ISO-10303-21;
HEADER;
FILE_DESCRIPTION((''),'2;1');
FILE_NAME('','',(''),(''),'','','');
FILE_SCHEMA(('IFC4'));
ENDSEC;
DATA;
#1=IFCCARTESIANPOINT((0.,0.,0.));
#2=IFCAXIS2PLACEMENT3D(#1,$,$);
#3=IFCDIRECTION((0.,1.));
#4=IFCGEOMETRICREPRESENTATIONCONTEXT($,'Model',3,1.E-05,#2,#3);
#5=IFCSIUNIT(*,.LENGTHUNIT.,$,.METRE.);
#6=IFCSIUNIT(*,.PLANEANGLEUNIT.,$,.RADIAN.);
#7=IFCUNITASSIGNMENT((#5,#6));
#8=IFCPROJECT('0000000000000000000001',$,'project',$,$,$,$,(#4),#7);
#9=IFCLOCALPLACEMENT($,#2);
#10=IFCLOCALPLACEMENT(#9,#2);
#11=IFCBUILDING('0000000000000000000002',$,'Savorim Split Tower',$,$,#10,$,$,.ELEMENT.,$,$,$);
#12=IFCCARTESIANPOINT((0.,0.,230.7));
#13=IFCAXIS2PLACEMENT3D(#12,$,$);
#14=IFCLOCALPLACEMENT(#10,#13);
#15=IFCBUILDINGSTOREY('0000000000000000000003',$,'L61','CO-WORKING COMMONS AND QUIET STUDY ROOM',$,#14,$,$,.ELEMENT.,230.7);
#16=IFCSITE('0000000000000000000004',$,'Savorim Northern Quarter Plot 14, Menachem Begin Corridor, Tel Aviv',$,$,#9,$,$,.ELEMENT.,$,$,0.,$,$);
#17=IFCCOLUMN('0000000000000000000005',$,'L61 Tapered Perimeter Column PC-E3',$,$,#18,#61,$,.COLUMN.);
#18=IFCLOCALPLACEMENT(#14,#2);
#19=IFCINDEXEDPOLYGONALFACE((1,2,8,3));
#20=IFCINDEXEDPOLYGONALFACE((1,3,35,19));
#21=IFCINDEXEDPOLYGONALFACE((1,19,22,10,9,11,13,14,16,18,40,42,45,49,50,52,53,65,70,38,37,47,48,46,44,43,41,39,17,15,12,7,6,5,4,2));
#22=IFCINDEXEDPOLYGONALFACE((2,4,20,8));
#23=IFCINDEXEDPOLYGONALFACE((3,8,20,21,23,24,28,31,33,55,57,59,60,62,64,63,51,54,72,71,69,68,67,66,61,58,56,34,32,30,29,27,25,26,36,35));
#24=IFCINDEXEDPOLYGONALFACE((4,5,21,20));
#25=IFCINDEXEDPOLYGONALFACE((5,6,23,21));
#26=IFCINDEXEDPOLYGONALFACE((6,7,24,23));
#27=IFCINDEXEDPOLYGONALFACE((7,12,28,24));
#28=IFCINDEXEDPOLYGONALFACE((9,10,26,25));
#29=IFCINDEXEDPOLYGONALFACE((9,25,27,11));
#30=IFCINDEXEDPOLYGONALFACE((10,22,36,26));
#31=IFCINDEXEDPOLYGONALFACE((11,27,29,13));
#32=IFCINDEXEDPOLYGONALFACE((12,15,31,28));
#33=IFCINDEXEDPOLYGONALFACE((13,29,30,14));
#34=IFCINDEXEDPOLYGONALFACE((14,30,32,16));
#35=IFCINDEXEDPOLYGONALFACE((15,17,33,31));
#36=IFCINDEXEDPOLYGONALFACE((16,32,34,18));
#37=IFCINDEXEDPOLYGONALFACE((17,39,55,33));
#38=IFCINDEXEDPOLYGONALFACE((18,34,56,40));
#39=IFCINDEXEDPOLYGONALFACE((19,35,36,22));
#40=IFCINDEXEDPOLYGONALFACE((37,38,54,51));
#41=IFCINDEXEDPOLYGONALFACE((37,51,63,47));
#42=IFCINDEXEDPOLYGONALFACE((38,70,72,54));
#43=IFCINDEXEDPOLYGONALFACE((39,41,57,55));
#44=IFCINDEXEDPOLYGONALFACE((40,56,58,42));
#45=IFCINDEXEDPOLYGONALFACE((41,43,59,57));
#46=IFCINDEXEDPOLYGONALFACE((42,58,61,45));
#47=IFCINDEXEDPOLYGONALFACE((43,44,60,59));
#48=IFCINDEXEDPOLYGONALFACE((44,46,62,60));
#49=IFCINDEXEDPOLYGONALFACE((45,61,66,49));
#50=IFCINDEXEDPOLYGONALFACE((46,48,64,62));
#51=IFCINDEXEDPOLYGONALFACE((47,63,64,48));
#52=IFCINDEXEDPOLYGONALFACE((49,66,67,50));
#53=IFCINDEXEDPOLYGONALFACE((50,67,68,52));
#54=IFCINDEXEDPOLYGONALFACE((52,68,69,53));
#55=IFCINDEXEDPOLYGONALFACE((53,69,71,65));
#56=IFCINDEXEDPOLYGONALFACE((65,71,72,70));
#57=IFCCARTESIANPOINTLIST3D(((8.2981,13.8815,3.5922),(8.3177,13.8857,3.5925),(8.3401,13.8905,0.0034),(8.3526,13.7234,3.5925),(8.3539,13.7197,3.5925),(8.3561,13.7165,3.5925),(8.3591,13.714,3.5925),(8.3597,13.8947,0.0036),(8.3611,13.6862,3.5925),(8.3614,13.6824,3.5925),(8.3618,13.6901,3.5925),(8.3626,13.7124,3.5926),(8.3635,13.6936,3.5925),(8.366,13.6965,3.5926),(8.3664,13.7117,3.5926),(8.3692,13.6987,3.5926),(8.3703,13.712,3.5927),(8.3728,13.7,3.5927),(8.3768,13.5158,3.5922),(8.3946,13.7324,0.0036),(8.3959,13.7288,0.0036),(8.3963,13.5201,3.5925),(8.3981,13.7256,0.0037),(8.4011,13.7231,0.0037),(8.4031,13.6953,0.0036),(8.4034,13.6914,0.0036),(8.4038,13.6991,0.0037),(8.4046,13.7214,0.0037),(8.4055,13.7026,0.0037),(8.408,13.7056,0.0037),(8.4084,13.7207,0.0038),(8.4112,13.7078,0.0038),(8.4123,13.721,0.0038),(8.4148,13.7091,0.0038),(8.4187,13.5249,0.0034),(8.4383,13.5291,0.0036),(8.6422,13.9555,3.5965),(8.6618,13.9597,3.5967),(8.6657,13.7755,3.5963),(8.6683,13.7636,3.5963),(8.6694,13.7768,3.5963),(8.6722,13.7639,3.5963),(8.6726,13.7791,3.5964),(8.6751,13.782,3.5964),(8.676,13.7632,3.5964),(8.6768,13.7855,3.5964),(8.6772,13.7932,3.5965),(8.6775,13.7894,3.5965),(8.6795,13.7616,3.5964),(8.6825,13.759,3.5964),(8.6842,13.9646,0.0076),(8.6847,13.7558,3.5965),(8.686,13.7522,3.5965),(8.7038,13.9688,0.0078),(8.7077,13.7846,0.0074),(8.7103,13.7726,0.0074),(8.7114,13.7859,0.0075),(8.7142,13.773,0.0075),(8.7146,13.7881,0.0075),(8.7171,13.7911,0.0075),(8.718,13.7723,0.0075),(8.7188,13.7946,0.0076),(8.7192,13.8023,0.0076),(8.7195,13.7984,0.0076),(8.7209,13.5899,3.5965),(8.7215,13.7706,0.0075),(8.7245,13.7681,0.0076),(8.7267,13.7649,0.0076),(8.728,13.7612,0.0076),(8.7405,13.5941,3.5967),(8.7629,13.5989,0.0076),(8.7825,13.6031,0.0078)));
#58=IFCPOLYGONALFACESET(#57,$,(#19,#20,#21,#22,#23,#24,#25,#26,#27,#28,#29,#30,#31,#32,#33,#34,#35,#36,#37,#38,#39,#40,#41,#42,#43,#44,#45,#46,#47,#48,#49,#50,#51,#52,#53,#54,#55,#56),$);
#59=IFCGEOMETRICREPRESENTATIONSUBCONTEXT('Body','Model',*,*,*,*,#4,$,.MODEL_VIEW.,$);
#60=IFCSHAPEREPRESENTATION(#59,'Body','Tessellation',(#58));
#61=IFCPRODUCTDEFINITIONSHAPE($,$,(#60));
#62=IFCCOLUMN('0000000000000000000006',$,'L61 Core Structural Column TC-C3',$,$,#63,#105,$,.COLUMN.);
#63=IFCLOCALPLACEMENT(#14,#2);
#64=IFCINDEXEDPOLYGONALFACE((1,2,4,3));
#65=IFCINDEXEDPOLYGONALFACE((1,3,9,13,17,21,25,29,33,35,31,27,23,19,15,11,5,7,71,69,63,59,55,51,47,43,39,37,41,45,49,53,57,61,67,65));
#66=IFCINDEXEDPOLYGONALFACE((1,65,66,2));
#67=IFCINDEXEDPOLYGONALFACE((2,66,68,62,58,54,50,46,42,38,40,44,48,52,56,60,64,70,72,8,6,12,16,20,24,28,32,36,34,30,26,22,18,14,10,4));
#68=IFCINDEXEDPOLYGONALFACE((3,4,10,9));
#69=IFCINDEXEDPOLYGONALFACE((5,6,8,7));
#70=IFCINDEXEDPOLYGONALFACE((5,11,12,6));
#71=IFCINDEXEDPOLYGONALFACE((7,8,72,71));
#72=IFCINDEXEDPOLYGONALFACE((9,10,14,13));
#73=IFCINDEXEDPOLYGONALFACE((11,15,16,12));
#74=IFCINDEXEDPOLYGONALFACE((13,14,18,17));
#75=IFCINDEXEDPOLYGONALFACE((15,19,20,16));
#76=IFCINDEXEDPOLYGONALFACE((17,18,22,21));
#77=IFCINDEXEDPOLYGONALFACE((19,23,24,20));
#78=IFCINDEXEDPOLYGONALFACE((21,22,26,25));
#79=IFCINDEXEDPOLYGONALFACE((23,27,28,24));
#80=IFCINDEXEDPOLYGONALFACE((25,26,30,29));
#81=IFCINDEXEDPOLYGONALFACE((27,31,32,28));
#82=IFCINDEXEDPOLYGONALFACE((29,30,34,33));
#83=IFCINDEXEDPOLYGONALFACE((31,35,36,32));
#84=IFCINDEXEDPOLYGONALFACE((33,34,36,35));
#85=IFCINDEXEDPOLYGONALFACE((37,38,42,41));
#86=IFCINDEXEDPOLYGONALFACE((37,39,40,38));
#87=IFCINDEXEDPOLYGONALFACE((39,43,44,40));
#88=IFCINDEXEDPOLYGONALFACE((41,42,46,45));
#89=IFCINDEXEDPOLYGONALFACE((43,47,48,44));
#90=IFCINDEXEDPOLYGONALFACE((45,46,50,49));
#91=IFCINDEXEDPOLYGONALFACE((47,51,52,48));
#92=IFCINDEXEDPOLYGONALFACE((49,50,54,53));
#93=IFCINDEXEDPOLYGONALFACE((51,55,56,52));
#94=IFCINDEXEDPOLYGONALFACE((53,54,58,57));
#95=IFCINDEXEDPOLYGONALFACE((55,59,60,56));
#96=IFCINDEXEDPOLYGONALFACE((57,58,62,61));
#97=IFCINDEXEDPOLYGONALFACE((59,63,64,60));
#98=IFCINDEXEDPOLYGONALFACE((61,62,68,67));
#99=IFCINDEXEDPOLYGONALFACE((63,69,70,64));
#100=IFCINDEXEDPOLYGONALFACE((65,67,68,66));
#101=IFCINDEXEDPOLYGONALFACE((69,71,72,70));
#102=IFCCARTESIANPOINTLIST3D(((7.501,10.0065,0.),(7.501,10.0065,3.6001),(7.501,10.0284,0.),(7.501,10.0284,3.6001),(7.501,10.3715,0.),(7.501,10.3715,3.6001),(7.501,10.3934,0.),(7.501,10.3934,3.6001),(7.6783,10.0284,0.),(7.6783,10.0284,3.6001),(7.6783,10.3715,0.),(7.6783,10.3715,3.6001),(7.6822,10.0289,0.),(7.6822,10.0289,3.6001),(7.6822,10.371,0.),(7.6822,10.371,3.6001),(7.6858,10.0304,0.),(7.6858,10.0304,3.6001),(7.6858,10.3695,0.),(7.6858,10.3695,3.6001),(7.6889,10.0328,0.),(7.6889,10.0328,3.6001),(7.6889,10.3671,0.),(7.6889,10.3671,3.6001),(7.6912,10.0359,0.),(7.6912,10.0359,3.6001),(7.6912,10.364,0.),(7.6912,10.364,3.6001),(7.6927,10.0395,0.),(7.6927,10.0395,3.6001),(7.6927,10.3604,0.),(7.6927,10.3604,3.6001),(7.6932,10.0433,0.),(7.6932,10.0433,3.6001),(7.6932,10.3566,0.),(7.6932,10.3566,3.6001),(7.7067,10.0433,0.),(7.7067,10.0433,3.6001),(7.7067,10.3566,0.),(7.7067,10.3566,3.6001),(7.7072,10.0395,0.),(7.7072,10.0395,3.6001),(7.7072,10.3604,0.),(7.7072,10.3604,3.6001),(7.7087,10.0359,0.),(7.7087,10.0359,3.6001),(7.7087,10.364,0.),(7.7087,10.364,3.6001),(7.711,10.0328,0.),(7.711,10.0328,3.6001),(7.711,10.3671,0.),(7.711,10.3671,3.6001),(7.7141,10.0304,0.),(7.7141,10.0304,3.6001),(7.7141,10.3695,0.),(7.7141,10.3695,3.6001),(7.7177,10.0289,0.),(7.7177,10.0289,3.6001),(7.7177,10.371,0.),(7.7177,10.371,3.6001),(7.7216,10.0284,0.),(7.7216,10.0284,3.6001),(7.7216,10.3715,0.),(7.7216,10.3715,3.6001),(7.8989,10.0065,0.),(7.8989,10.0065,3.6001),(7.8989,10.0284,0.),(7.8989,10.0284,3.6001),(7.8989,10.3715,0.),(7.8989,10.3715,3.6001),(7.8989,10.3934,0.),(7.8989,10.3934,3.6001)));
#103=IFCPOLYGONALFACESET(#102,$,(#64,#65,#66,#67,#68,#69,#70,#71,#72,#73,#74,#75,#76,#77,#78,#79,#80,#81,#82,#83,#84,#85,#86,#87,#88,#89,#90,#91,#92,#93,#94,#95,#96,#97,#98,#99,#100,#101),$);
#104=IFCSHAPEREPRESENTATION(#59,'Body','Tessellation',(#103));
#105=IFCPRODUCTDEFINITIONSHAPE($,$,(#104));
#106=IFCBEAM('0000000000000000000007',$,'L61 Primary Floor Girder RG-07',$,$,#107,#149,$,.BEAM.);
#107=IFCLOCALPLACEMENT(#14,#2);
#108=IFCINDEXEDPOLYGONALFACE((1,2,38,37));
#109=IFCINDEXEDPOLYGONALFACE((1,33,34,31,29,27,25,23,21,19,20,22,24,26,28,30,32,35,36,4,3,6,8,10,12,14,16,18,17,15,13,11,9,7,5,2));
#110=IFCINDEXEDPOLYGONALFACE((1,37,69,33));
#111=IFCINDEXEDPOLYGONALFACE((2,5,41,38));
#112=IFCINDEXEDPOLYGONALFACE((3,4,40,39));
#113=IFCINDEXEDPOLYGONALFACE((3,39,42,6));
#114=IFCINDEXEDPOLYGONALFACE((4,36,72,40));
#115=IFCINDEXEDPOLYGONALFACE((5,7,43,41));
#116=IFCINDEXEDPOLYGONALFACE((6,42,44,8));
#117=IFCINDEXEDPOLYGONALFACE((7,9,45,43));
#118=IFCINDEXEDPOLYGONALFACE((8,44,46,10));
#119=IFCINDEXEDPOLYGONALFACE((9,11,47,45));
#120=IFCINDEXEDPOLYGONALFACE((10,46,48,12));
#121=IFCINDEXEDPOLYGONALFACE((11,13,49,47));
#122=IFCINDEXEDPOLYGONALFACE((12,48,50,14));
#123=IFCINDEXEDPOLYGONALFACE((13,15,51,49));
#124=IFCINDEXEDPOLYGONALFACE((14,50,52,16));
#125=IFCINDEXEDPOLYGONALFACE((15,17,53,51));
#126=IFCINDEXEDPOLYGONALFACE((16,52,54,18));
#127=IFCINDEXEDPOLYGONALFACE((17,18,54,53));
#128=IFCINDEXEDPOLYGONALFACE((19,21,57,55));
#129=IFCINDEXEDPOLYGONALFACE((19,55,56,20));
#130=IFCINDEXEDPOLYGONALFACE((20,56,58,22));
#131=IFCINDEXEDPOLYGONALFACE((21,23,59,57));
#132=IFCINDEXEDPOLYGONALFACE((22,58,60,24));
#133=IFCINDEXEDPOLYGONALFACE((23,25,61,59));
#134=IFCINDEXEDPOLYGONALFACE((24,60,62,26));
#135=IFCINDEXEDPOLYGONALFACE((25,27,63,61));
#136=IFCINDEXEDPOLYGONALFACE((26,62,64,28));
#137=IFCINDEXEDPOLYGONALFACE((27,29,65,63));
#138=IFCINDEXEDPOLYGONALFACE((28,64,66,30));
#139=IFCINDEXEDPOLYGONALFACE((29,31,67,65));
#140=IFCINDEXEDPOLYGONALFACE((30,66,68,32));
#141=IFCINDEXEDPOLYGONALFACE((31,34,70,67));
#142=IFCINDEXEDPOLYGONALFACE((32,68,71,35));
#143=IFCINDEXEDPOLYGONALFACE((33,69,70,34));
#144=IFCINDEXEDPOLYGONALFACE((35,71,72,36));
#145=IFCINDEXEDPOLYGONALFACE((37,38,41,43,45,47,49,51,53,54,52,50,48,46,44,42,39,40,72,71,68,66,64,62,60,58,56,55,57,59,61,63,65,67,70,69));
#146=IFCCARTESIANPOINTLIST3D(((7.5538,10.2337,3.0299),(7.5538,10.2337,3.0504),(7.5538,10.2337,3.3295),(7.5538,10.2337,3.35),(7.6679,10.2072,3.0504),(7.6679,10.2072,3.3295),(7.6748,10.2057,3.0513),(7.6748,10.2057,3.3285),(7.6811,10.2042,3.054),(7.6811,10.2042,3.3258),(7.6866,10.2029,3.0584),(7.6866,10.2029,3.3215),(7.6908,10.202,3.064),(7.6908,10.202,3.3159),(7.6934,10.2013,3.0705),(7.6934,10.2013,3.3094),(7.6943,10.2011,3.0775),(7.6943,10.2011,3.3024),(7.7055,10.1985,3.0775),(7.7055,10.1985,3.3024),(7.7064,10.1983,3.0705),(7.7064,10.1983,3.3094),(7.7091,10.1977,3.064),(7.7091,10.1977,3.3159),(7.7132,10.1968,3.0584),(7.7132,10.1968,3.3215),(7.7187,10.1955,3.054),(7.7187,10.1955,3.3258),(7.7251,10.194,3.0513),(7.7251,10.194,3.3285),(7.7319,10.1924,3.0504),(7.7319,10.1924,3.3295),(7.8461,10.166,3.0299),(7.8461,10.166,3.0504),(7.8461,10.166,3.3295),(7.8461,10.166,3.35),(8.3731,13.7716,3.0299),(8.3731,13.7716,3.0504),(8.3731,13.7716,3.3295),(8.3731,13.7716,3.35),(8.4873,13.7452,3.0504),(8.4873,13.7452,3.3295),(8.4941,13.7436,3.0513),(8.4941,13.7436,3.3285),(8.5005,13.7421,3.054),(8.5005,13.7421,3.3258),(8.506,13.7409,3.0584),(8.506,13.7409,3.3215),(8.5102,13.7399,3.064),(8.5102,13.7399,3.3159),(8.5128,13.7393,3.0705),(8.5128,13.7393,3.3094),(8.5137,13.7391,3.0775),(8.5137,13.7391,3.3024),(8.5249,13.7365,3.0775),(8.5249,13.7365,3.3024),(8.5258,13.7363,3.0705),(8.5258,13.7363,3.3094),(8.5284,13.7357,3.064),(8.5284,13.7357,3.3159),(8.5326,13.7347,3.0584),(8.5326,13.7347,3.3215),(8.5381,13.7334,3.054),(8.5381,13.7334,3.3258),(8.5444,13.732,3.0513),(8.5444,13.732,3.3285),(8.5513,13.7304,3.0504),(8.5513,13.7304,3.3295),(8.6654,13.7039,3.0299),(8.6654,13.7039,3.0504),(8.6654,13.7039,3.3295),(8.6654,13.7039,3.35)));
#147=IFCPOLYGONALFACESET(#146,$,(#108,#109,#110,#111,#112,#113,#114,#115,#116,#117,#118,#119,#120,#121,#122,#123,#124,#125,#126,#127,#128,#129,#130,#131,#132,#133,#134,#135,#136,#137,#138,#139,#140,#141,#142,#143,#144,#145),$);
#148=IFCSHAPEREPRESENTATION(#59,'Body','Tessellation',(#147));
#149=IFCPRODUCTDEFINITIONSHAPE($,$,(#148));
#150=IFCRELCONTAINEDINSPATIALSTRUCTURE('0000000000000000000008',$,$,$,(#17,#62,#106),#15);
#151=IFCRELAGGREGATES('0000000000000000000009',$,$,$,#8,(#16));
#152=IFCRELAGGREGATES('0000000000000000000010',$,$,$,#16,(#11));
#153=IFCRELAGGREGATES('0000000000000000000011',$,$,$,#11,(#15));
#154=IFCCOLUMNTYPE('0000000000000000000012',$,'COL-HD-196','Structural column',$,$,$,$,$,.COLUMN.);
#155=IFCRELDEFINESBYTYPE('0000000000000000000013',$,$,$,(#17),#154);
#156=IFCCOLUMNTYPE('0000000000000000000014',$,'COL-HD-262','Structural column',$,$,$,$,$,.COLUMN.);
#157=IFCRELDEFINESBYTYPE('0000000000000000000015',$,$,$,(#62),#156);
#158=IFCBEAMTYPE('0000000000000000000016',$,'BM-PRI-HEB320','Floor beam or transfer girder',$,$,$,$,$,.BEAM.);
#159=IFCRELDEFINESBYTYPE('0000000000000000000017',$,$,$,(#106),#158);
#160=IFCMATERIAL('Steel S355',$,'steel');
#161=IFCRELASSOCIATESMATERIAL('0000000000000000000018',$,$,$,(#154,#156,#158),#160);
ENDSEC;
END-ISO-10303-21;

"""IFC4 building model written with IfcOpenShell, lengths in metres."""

from ifc_helpers import new_model, si_unit, direction, frame, origin, origin_2d, place, context, subcontext, project, spatial, i_section, extrude, material, material_profile, profile_set, type_object, element, save


model = new_model("IFC4")

# Units and contexts
model_context = context("Model", 3, precision=1e-05, world=origin(), true_north=direction((0.0, 1.0)))
body_context = subcontext(model_context, "Body", "Model", "MODEL_VIEW")
ifc_project = project(units=[si_unit("LENGTHUNIT", "METRE"), si_unit("PLANEANGLEUNIT", "RADIAN")], contexts=[model_context])

# Site, building, storey
site_placement = place(None, origin())
site = spatial("IfcSite", under=ifc_project, at=site_placement, Name="Savorim Northern Quarter Plot 14, Menachem Begin Corridor, Tel Aviv", CompositionType="ELEMENT", RefElevation=0.0)
building_placement = place(site_placement, origin())
building = spatial("IfcBuilding", under=site, at=building_placement, Name="Savorim Split Tower", CompositionType="ELEMENT")
storey_placement = place(building_placement, frame((0.0, 0.0, 230.7)))
storey = spatial("IfcBuildingStorey", under=building, at=storey_placement, Name="L61", Description="CO-WORKING COMMONS AND QUIET STUDY ROOM", CompositionType="ELEMENT", Elevation=230.7)

# Columns
ifc_material_1 = material(Name="Steel S355", Category="steel")
ifc_material_profile_1 = material_profile(ifc_material_1, i_section(OverallWidth=0.374, OverallDepth=0.3721, WebThickness=0.0122, FlangeThickness=0.02, FilletRadius=0.0149, at=origin_2d()), Name="HD 360x196")
ifc_profile_set_1 = profile_set([ifc_material_profile_1], Name="Steel S355")
column_type_1 = type_object("IfcColumnType", Name="COL-HD-196", Description="Structural column", PredefinedType="COLUMN", material=ifc_profile_set_1)
column_1_placement = place(storey_placement, frame((8.5613, 13.7468, 0.0056), z_axis=(-0.0117, -0.002517, 0.999928), x_axis=(0.210305, -0.977636, 0.0)))
element("IfcColumn", 1, at=column_1_placement, inside=storey, type_object=column_type_1, Name="L61 Tapered Perimeter Column PC-E3", PredefinedType="COLUMN", context=body_context, shape_type="SweptSolid", body=[
    extrude(i_section(OverallWidth=0.374, OverallDepth=0.3721, WebThickness=0.0122, FlangeThickness=0.02, FilletRadius=0.0149, at=origin_2d()), origin(), (0.0, 0.0, 1.0), 3.5891),
])
ifc_material_profile_2 = material_profile(ifc_material_1, i_section(OverallWidth=0.3979, OverallDepth=0.387, WebThickness=0.0134, FlangeThickness=0.022, FilletRadius=0.0149, at=origin_2d()), Name="HD 400x262")
ifc_profile_set_2 = profile_set([ifc_material_profile_2], Name="Steel S355")
column_type_2 = type_object("IfcColumnType", Name="COL-HD-262", Description="Structural column", PredefinedType="COLUMN", material=ifc_profile_set_2)
column_2_placement = place(storey_placement, frame((7.7, 10.2, 0.0), z_axis=(0.0, 0.0, 1.0), x_axis=(1.0, 0.0, 0.0)))
element("IfcColumn", 2, at=column_2_placement, inside=storey, type_object=column_type_2, Name="L61 Core Structural Column TC-C3", PredefinedType="COLUMN", context=body_context, shape_type="SweptSolid", body=[
    extrude(i_section(OverallWidth=0.3979, OverallDepth=0.387, WebThickness=0.0134, FlangeThickness=0.022, FilletRadius=0.0149, at=origin_2d()), origin(), (0.0, 0.0, 1.0), 3.6001),
])

# Beam
ifc_material_profile_3 = material_profile(ifc_material_1, i_section(OverallWidth=0.3, OverallDepth=0.3201, WebThickness=0.0115, FlangeThickness=0.0205, FilletRadius=0.0271, at=origin_2d()), Name="HEB 320")
ifc_profile_set_3 = profile_set([ifc_material_profile_3], Name="Steel S355")
beam_type_1 = type_object("IfcBeamType", Name="BM-PRI-HEB320", Description="Floor beam or transfer girder", PredefinedType="BEAM", material=ifc_profile_set_3)
beam_1_placement = place(storey_placement, frame((8.5193, 13.7378, 3.1899), z_axis=(-0.22562, -0.974215, 0.0), x_axis=(0.974215, -0.22562, 0.0)))
element("IfcBeam", 3, at=beam_1_placement, inside=storey, type_object=beam_type_1, Name="L61 Primary Floor Girder RG-07", PredefinedType="BEAM", context=body_context, shape_type="SweptSolid", body=[
    extrude(i_section(OverallWidth=0.3, OverallDepth=0.3201, WebThickness=0.0115, FlangeThickness=0.0205, FilletRadius=0.0271, at=origin_2d()), origin(), (0.0, 0.0, 1.0), 3.6316),
])

save(model, "model.ifc")
